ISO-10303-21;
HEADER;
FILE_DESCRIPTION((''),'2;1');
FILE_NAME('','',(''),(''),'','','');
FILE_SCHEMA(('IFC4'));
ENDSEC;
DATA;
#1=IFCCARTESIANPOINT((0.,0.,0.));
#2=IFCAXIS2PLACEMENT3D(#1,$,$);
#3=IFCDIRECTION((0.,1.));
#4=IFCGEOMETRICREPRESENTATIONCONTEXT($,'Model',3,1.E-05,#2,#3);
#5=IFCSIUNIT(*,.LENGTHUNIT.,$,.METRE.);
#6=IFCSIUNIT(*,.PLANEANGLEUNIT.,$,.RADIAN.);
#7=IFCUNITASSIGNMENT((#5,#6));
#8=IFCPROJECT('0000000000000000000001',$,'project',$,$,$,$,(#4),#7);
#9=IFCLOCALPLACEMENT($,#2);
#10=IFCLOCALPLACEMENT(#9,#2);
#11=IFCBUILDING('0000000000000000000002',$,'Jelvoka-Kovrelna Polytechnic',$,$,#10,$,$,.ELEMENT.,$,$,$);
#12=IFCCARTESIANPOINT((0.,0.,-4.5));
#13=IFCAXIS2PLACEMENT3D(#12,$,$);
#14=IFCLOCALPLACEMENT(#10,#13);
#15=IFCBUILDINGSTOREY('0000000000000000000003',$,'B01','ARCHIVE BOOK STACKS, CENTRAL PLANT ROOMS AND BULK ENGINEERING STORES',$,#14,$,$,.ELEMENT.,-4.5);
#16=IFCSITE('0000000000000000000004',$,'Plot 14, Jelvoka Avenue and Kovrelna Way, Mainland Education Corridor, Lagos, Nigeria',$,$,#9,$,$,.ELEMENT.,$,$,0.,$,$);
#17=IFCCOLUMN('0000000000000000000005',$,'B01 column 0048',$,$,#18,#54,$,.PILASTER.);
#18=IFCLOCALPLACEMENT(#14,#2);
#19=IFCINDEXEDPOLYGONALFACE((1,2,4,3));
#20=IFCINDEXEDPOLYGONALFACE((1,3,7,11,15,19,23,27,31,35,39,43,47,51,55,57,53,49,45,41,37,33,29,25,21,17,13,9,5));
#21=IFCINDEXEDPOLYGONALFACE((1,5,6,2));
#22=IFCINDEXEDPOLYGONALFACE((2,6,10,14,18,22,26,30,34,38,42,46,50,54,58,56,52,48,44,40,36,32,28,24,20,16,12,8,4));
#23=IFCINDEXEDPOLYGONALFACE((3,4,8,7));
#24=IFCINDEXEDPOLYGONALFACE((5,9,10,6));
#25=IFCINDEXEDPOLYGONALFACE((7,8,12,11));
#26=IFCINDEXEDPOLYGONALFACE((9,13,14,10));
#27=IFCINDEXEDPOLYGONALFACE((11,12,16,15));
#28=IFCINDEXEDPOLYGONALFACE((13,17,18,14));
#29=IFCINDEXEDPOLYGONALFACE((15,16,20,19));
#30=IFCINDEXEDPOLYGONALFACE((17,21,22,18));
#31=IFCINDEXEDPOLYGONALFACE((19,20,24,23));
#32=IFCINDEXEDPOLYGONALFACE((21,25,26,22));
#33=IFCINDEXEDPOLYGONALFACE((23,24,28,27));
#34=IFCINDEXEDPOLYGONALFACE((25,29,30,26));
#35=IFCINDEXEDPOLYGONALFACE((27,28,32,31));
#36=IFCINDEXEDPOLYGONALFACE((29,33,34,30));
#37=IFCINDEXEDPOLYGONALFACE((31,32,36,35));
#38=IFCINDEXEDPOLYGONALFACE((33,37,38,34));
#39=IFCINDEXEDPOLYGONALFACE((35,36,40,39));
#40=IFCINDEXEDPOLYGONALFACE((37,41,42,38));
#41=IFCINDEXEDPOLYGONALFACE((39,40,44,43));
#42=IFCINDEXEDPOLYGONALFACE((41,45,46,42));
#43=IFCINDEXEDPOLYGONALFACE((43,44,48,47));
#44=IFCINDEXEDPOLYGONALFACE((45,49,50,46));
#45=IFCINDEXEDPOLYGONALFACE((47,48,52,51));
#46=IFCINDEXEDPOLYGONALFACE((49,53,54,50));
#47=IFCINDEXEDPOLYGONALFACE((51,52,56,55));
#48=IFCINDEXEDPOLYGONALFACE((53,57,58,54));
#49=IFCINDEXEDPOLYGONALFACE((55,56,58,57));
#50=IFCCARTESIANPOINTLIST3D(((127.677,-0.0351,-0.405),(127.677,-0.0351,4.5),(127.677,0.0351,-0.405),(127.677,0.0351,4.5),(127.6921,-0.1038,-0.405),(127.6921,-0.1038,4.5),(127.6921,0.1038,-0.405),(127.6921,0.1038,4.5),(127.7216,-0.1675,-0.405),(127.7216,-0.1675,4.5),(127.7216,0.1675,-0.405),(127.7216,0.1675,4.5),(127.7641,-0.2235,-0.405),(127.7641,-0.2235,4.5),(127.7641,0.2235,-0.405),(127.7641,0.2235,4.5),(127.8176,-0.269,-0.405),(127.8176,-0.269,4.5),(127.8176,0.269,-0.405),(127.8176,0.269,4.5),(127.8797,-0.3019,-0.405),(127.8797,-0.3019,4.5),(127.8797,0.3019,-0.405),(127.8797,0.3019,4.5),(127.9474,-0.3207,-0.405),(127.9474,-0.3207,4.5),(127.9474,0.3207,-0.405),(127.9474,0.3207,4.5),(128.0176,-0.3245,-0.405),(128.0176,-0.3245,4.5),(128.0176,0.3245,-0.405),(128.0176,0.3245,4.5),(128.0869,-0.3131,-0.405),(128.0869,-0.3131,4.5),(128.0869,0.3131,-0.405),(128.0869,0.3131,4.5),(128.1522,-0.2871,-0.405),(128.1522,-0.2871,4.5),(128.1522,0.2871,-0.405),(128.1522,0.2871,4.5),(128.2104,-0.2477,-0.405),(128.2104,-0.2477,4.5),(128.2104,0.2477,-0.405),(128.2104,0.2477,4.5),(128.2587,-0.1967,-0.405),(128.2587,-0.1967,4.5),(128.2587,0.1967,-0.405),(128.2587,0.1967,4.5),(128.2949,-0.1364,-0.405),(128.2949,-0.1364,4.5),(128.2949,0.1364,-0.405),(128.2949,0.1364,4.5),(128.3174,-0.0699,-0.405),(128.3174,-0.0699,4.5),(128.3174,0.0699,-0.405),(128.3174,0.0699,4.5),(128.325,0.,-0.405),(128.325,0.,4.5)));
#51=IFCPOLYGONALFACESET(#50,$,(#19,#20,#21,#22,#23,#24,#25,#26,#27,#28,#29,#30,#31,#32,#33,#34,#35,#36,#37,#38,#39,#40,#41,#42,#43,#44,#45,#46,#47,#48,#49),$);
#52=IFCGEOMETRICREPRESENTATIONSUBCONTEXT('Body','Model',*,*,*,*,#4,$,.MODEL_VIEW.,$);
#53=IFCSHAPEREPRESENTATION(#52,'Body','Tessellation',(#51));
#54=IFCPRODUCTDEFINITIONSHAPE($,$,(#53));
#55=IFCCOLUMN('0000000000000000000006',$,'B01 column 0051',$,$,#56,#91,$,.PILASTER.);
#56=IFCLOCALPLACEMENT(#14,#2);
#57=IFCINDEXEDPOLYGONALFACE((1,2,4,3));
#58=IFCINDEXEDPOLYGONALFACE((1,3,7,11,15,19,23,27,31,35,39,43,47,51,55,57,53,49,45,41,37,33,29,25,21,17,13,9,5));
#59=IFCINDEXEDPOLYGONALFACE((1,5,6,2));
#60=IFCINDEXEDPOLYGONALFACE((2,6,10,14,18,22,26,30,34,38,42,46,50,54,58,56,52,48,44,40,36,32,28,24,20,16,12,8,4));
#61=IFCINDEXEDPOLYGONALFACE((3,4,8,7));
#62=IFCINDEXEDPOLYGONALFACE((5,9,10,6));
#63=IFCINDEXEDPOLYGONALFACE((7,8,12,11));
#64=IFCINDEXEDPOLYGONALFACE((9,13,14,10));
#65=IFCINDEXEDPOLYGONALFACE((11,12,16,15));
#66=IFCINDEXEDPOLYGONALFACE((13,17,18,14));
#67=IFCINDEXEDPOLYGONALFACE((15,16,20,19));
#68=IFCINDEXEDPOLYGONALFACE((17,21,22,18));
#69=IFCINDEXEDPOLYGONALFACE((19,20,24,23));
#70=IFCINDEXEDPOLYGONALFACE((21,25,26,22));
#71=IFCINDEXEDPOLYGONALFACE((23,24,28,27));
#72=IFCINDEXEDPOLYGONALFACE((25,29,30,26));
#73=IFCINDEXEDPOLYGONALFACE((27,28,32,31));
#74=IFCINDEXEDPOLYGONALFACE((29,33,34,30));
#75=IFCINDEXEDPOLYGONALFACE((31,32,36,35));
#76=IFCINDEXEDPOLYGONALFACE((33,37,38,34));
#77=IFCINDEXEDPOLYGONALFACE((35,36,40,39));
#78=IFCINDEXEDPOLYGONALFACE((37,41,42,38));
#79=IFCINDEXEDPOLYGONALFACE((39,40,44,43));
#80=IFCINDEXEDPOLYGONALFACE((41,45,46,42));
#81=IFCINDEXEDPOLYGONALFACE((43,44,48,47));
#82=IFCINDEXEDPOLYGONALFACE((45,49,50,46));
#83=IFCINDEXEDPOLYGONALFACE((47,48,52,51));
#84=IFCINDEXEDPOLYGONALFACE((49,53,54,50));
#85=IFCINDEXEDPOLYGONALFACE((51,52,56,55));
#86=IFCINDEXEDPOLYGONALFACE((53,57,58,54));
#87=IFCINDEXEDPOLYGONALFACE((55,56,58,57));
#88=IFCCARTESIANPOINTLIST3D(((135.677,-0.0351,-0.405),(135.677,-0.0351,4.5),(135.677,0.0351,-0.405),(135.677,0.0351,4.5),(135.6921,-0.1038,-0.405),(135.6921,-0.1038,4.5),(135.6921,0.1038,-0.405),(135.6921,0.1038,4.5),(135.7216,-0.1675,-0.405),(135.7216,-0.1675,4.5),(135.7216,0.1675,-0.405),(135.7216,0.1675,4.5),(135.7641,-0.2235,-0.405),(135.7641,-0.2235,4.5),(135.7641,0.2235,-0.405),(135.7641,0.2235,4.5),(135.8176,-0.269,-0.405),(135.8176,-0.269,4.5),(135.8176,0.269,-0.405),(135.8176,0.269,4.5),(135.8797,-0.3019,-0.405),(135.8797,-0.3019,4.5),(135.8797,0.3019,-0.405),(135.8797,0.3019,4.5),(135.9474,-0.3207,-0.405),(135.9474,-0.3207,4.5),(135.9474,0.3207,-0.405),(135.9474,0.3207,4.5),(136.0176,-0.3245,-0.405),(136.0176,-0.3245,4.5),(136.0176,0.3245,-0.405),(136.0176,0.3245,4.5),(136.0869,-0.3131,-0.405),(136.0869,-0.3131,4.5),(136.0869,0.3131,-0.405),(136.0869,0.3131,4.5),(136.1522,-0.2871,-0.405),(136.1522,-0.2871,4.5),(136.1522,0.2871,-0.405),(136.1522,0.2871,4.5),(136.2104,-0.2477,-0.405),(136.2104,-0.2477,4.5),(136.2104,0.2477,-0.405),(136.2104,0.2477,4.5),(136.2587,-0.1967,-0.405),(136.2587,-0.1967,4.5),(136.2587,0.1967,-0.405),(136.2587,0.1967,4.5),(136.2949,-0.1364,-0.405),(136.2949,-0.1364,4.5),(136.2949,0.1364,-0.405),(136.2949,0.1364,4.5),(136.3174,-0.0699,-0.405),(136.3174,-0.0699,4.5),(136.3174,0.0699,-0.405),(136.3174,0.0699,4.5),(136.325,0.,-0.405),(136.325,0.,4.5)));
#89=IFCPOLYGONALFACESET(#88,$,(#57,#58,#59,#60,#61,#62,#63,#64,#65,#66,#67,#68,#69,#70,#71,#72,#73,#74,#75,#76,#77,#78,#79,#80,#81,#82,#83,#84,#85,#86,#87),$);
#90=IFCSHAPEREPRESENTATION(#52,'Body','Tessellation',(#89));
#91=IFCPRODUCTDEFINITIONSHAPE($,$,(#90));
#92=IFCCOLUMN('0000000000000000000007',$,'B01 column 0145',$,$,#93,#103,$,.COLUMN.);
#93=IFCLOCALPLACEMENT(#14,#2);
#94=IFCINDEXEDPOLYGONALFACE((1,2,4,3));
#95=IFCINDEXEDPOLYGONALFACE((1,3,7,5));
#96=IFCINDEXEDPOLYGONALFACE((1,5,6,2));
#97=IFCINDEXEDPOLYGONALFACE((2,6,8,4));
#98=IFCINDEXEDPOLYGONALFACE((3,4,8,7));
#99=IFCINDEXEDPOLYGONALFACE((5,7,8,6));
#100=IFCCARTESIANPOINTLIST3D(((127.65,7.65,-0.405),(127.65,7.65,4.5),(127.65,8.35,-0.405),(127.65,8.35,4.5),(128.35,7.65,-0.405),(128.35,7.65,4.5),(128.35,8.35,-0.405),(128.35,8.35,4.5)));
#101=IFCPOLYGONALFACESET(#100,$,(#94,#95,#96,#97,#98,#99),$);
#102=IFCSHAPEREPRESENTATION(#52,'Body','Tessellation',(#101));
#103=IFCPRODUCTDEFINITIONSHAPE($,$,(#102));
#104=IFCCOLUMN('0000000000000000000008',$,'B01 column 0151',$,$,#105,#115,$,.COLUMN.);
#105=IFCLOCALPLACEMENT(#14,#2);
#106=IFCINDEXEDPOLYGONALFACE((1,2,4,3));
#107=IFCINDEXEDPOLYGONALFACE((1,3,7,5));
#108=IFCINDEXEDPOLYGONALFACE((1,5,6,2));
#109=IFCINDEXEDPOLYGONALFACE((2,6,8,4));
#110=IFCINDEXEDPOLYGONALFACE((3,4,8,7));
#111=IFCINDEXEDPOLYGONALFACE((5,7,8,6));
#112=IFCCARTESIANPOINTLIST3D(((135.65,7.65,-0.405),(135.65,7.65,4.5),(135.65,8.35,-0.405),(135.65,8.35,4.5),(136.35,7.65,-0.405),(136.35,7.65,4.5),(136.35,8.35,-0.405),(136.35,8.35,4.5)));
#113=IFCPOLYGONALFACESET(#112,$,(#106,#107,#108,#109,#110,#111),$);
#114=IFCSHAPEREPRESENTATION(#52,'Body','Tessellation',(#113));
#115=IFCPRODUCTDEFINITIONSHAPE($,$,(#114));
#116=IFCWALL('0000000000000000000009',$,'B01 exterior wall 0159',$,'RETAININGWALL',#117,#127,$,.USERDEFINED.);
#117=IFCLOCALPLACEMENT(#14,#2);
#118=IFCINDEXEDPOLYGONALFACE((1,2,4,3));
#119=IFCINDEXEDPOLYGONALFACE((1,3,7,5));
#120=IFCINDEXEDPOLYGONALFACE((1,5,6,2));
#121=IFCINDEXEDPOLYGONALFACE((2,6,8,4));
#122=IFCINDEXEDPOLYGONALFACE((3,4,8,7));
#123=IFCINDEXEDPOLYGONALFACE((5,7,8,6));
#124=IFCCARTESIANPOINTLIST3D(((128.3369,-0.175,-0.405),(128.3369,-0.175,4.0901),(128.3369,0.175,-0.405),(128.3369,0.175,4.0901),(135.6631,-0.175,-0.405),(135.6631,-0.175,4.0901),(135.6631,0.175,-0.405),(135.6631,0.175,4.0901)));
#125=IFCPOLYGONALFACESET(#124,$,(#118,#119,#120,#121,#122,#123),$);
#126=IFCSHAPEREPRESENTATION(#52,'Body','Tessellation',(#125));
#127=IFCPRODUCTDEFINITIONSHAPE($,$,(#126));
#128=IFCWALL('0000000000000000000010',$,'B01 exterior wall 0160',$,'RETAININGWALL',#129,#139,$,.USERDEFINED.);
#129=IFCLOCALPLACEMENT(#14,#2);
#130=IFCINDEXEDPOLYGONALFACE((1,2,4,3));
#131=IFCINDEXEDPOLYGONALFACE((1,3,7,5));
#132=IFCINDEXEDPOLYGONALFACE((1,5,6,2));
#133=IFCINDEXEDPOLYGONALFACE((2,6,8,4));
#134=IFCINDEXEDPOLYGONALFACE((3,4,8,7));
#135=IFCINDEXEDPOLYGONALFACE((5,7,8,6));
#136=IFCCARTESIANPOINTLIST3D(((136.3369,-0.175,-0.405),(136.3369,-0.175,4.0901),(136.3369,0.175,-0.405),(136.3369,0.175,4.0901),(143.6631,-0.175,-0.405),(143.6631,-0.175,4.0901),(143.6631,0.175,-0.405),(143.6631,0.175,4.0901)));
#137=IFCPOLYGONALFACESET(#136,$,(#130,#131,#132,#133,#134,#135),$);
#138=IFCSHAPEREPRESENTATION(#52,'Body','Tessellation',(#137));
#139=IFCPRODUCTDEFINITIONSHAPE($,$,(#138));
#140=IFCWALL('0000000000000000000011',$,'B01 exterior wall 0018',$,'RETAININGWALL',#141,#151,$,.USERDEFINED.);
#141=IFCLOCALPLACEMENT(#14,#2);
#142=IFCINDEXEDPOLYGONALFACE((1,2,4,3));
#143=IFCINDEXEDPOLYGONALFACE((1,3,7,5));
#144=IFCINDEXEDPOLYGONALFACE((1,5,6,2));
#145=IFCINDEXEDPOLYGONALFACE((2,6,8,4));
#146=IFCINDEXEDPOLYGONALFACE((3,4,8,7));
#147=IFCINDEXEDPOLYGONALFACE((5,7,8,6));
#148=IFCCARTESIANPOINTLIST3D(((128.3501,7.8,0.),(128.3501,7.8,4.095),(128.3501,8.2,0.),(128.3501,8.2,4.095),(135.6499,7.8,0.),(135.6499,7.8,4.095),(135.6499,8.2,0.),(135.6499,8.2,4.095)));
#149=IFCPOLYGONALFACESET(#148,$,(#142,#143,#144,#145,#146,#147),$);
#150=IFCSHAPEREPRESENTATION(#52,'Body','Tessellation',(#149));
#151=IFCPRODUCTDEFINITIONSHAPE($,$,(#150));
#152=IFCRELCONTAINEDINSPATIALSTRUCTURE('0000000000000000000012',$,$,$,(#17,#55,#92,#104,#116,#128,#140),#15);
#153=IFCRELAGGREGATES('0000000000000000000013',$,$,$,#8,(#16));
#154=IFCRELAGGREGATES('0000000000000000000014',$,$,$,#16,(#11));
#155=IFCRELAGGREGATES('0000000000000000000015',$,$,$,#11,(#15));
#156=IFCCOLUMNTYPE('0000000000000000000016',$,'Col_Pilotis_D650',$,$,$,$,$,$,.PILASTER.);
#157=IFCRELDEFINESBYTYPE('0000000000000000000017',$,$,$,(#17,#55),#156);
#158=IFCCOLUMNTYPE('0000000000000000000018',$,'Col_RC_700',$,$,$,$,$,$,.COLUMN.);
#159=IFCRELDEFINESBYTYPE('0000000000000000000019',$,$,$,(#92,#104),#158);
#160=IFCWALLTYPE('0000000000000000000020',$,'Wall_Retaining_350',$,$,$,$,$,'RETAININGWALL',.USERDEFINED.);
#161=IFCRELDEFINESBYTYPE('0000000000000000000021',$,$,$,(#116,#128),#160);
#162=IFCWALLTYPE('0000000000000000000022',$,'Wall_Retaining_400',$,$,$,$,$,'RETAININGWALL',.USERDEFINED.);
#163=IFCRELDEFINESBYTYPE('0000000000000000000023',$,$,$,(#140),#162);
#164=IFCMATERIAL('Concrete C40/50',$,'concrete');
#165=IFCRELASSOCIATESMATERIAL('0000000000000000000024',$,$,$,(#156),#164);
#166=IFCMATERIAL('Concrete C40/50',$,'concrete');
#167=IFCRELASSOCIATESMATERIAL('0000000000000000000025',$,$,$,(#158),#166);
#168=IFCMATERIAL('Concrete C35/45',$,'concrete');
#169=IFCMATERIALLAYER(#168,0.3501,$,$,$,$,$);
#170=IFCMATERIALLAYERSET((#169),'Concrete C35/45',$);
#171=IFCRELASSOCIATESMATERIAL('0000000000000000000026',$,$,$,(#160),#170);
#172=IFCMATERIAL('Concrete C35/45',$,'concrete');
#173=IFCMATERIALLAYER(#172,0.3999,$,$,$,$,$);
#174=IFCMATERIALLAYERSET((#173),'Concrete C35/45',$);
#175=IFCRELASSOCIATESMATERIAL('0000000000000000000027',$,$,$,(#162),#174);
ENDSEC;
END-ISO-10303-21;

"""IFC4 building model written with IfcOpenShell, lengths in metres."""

from ifc_helpers import new_model, si_unit, direction, frame, frame_2d, origin, origin_2d, place, context, subcontext, project, spatial, rectangle, circle, extrude, material, layer, layer_set, material_profile, profile_set, type_object, element, save


model = new_model("IFC4")

# Units and contexts
model_context = context("Model", 3, precision=1e-05, world=origin(), true_north=direction((0.0, 1.0)))
body_context = subcontext(model_context, "Body", "Model", "MODEL_VIEW")
ifc_project = project(units=[si_unit("LENGTHUNIT", "METRE"), si_unit("PLANEANGLEUNIT", "RADIAN")], contexts=[model_context])

# Site, building, storey
site_placement = place(None, origin())
site = spatial("IfcSite", under=ifc_project, at=site_placement, Name="Plot 14, Jelvoka Avenue and Kovrelna Way, Mainland Education Corridor, Lagos, Nigeria", CompositionType="ELEMENT", RefElevation=0.0)
building_placement = place(site_placement, origin())
building = spatial("IfcBuilding", under=site, at=building_placement, Name="Jelvoka-Kovrelna Polytechnic", CompositionType="ELEMENT")
storey_placement = place(building_placement, frame((0.0, 0.0, -4.5)))
storey = spatial("IfcBuildingStorey", under=building, at=storey_placement, Name="B01", Description="ARCHIVE BOOK STACKS, CENTRAL PLANT ROOMS AND BULK ENGINEERING STORES", CompositionType="ELEMENT", Elevation=-4.5)

# Columns
ifc_material_1 = material(Name="Concrete C40/50", Category="concrete")
ifc_material_profile_1 = material_profile(ifc_material_1, circle(Radius=0.325, at=origin_2d()), Name="RC D650")
ifc_profile_set_1 = profile_set([ifc_material_profile_1], Name="Concrete C40/50")
column_type_1 = type_object("IfcColumnType", Name="Col_Pilotis_D650", PredefinedType="PILASTER", material=ifc_profile_set_1)
for number, where, z_axis, x_axis, name in (
    (1, (128.0, 0.0, -0.405), (0.0, 0.0, 1.0), (1.0, 0.0, 0.0), "B01 column 0048"),
    (2, (136.0, 0.0, -0.405), (0.0, 0.0, 1.0), (1.0, 0.0, 0.0), "B01 column 0051"),
):
    element("IfcColumn", number, at=place(storey_placement, frame(where, z_axis=z_axis, x_axis=x_axis)), inside=storey, type_object=column_type_1, Name=name, PredefinedType="PILASTER", context=body_context, shape_type="SweptSolid", body=[
        extrude(circle(Radius=0.325, at=origin_2d()), origin(), (0.0, 0.0, 1.0), 4.905),
    ])
ifc_material_2 = material(Name="Concrete C40/50", Category="concrete")
ifc_material_profile_2 = material_profile(ifc_material_2, rectangle(XDim=0.7, YDim=0.7, at=origin_2d()), Name="RC 700x700")
ifc_profile_set_2 = profile_set([ifc_material_profile_2], Name="Concrete C40/50")
column_type_2 = type_object("IfcColumnType", Name="Col_RC_700", PredefinedType="COLUMN", material=ifc_profile_set_2)
for number, where, z_axis, x_axis, name in (
    (3, (128.0, 8.0, -0.405), (0.0, 0.0, 1.0), (1.0, 0.0, 0.0), "B01 column 0145"),
    (4, (136.0, 8.0, -0.405), (0.0, 0.0, 1.0), (1.0, 0.0, 0.0), "B01 column 0151"),
):
    element("IfcColumn", number, at=place(storey_placement, frame(where, z_axis=z_axis, x_axis=x_axis)), inside=storey, type_object=column_type_2, Name=name, PredefinedType="COLUMN", context=body_context, shape_type="SweptSolid", body=[
        extrude(rectangle(XDim=0.7, YDim=0.7, at=origin_2d()), origin(), (0.0, 0.0, 1.0), 4.905),
    ])

# Walls
ifc_material_3 = material(Name="Concrete C35/45", Category="concrete")
ifc_layer_1 = layer(ifc_material_3, 0.3501)
ifc_layer_set_1 = layer_set([ifc_layer_1], Name="Concrete C35/45")
wall_type_1 = type_object("IfcWallType", Name="Wall_Retaining_350", ElementType="RETAININGWALL", PredefinedType="USERDEFINED", material=ifc_layer_set_1)
for number, where, z_axis, x_axis, name in (
    (5, (128.3369, 0.0, -0.405), (0.0, 0.0, 1.0), (1.0, 0.0, 0.0), "B01 exterior wall 0159"),
    (6, (136.3369, 0.0, -0.405), (0.0, 0.0, 1.0), (1.0, 0.0, 0.0), "B01 exterior wall 0160"),
):
    element("IfcWall", number, at=place(storey_placement, frame(where, z_axis=z_axis, x_axis=x_axis)), inside=storey, type_object=wall_type_1, Name=name, ObjectType="RETAININGWALL", PredefinedType="USERDEFINED", context=body_context, shape_type="SweptSolid", body=[
        extrude(rectangle(XDim=7.3262, YDim=0.3501, at=frame_2d((3.6631, 0.0))), origin(), (0.0, 0.0, 1.0), 4.4951),
    ])
ifc_material_4 = material(Name="Concrete C35/45", Category="concrete")
ifc_layer_2 = layer(ifc_material_4, 0.3999)
ifc_layer_set_2 = layer_set([ifc_layer_2], Name="Concrete C35/45")
wall_type_2 = type_object("IfcWallType", Name="Wall_Retaining_400", ElementType="RETAININGWALL", PredefinedType="USERDEFINED", material=ifc_layer_set_2)
wall_placement = place(storey_placement, frame((135.6499, 8.0, 0.0), z_axis=(0.0, 0.0, 1.0), x_axis=(-1.0, 0.0, 0.0)))
element("IfcWall", 7, at=wall_placement, inside=storey, type_object=wall_type_2, Name="B01 exterior wall 0018", ObjectType="RETAININGWALL", PredefinedType="USERDEFINED", context=body_context, shape_type="SweptSolid", body=[
    extrude(rectangle(XDim=7.2998, YDim=0.3999, at=frame_2d((3.6499, 0.0))), origin(), (0.0, 0.0, 1.0), 4.095),
])

save(model, "model.ifc")
